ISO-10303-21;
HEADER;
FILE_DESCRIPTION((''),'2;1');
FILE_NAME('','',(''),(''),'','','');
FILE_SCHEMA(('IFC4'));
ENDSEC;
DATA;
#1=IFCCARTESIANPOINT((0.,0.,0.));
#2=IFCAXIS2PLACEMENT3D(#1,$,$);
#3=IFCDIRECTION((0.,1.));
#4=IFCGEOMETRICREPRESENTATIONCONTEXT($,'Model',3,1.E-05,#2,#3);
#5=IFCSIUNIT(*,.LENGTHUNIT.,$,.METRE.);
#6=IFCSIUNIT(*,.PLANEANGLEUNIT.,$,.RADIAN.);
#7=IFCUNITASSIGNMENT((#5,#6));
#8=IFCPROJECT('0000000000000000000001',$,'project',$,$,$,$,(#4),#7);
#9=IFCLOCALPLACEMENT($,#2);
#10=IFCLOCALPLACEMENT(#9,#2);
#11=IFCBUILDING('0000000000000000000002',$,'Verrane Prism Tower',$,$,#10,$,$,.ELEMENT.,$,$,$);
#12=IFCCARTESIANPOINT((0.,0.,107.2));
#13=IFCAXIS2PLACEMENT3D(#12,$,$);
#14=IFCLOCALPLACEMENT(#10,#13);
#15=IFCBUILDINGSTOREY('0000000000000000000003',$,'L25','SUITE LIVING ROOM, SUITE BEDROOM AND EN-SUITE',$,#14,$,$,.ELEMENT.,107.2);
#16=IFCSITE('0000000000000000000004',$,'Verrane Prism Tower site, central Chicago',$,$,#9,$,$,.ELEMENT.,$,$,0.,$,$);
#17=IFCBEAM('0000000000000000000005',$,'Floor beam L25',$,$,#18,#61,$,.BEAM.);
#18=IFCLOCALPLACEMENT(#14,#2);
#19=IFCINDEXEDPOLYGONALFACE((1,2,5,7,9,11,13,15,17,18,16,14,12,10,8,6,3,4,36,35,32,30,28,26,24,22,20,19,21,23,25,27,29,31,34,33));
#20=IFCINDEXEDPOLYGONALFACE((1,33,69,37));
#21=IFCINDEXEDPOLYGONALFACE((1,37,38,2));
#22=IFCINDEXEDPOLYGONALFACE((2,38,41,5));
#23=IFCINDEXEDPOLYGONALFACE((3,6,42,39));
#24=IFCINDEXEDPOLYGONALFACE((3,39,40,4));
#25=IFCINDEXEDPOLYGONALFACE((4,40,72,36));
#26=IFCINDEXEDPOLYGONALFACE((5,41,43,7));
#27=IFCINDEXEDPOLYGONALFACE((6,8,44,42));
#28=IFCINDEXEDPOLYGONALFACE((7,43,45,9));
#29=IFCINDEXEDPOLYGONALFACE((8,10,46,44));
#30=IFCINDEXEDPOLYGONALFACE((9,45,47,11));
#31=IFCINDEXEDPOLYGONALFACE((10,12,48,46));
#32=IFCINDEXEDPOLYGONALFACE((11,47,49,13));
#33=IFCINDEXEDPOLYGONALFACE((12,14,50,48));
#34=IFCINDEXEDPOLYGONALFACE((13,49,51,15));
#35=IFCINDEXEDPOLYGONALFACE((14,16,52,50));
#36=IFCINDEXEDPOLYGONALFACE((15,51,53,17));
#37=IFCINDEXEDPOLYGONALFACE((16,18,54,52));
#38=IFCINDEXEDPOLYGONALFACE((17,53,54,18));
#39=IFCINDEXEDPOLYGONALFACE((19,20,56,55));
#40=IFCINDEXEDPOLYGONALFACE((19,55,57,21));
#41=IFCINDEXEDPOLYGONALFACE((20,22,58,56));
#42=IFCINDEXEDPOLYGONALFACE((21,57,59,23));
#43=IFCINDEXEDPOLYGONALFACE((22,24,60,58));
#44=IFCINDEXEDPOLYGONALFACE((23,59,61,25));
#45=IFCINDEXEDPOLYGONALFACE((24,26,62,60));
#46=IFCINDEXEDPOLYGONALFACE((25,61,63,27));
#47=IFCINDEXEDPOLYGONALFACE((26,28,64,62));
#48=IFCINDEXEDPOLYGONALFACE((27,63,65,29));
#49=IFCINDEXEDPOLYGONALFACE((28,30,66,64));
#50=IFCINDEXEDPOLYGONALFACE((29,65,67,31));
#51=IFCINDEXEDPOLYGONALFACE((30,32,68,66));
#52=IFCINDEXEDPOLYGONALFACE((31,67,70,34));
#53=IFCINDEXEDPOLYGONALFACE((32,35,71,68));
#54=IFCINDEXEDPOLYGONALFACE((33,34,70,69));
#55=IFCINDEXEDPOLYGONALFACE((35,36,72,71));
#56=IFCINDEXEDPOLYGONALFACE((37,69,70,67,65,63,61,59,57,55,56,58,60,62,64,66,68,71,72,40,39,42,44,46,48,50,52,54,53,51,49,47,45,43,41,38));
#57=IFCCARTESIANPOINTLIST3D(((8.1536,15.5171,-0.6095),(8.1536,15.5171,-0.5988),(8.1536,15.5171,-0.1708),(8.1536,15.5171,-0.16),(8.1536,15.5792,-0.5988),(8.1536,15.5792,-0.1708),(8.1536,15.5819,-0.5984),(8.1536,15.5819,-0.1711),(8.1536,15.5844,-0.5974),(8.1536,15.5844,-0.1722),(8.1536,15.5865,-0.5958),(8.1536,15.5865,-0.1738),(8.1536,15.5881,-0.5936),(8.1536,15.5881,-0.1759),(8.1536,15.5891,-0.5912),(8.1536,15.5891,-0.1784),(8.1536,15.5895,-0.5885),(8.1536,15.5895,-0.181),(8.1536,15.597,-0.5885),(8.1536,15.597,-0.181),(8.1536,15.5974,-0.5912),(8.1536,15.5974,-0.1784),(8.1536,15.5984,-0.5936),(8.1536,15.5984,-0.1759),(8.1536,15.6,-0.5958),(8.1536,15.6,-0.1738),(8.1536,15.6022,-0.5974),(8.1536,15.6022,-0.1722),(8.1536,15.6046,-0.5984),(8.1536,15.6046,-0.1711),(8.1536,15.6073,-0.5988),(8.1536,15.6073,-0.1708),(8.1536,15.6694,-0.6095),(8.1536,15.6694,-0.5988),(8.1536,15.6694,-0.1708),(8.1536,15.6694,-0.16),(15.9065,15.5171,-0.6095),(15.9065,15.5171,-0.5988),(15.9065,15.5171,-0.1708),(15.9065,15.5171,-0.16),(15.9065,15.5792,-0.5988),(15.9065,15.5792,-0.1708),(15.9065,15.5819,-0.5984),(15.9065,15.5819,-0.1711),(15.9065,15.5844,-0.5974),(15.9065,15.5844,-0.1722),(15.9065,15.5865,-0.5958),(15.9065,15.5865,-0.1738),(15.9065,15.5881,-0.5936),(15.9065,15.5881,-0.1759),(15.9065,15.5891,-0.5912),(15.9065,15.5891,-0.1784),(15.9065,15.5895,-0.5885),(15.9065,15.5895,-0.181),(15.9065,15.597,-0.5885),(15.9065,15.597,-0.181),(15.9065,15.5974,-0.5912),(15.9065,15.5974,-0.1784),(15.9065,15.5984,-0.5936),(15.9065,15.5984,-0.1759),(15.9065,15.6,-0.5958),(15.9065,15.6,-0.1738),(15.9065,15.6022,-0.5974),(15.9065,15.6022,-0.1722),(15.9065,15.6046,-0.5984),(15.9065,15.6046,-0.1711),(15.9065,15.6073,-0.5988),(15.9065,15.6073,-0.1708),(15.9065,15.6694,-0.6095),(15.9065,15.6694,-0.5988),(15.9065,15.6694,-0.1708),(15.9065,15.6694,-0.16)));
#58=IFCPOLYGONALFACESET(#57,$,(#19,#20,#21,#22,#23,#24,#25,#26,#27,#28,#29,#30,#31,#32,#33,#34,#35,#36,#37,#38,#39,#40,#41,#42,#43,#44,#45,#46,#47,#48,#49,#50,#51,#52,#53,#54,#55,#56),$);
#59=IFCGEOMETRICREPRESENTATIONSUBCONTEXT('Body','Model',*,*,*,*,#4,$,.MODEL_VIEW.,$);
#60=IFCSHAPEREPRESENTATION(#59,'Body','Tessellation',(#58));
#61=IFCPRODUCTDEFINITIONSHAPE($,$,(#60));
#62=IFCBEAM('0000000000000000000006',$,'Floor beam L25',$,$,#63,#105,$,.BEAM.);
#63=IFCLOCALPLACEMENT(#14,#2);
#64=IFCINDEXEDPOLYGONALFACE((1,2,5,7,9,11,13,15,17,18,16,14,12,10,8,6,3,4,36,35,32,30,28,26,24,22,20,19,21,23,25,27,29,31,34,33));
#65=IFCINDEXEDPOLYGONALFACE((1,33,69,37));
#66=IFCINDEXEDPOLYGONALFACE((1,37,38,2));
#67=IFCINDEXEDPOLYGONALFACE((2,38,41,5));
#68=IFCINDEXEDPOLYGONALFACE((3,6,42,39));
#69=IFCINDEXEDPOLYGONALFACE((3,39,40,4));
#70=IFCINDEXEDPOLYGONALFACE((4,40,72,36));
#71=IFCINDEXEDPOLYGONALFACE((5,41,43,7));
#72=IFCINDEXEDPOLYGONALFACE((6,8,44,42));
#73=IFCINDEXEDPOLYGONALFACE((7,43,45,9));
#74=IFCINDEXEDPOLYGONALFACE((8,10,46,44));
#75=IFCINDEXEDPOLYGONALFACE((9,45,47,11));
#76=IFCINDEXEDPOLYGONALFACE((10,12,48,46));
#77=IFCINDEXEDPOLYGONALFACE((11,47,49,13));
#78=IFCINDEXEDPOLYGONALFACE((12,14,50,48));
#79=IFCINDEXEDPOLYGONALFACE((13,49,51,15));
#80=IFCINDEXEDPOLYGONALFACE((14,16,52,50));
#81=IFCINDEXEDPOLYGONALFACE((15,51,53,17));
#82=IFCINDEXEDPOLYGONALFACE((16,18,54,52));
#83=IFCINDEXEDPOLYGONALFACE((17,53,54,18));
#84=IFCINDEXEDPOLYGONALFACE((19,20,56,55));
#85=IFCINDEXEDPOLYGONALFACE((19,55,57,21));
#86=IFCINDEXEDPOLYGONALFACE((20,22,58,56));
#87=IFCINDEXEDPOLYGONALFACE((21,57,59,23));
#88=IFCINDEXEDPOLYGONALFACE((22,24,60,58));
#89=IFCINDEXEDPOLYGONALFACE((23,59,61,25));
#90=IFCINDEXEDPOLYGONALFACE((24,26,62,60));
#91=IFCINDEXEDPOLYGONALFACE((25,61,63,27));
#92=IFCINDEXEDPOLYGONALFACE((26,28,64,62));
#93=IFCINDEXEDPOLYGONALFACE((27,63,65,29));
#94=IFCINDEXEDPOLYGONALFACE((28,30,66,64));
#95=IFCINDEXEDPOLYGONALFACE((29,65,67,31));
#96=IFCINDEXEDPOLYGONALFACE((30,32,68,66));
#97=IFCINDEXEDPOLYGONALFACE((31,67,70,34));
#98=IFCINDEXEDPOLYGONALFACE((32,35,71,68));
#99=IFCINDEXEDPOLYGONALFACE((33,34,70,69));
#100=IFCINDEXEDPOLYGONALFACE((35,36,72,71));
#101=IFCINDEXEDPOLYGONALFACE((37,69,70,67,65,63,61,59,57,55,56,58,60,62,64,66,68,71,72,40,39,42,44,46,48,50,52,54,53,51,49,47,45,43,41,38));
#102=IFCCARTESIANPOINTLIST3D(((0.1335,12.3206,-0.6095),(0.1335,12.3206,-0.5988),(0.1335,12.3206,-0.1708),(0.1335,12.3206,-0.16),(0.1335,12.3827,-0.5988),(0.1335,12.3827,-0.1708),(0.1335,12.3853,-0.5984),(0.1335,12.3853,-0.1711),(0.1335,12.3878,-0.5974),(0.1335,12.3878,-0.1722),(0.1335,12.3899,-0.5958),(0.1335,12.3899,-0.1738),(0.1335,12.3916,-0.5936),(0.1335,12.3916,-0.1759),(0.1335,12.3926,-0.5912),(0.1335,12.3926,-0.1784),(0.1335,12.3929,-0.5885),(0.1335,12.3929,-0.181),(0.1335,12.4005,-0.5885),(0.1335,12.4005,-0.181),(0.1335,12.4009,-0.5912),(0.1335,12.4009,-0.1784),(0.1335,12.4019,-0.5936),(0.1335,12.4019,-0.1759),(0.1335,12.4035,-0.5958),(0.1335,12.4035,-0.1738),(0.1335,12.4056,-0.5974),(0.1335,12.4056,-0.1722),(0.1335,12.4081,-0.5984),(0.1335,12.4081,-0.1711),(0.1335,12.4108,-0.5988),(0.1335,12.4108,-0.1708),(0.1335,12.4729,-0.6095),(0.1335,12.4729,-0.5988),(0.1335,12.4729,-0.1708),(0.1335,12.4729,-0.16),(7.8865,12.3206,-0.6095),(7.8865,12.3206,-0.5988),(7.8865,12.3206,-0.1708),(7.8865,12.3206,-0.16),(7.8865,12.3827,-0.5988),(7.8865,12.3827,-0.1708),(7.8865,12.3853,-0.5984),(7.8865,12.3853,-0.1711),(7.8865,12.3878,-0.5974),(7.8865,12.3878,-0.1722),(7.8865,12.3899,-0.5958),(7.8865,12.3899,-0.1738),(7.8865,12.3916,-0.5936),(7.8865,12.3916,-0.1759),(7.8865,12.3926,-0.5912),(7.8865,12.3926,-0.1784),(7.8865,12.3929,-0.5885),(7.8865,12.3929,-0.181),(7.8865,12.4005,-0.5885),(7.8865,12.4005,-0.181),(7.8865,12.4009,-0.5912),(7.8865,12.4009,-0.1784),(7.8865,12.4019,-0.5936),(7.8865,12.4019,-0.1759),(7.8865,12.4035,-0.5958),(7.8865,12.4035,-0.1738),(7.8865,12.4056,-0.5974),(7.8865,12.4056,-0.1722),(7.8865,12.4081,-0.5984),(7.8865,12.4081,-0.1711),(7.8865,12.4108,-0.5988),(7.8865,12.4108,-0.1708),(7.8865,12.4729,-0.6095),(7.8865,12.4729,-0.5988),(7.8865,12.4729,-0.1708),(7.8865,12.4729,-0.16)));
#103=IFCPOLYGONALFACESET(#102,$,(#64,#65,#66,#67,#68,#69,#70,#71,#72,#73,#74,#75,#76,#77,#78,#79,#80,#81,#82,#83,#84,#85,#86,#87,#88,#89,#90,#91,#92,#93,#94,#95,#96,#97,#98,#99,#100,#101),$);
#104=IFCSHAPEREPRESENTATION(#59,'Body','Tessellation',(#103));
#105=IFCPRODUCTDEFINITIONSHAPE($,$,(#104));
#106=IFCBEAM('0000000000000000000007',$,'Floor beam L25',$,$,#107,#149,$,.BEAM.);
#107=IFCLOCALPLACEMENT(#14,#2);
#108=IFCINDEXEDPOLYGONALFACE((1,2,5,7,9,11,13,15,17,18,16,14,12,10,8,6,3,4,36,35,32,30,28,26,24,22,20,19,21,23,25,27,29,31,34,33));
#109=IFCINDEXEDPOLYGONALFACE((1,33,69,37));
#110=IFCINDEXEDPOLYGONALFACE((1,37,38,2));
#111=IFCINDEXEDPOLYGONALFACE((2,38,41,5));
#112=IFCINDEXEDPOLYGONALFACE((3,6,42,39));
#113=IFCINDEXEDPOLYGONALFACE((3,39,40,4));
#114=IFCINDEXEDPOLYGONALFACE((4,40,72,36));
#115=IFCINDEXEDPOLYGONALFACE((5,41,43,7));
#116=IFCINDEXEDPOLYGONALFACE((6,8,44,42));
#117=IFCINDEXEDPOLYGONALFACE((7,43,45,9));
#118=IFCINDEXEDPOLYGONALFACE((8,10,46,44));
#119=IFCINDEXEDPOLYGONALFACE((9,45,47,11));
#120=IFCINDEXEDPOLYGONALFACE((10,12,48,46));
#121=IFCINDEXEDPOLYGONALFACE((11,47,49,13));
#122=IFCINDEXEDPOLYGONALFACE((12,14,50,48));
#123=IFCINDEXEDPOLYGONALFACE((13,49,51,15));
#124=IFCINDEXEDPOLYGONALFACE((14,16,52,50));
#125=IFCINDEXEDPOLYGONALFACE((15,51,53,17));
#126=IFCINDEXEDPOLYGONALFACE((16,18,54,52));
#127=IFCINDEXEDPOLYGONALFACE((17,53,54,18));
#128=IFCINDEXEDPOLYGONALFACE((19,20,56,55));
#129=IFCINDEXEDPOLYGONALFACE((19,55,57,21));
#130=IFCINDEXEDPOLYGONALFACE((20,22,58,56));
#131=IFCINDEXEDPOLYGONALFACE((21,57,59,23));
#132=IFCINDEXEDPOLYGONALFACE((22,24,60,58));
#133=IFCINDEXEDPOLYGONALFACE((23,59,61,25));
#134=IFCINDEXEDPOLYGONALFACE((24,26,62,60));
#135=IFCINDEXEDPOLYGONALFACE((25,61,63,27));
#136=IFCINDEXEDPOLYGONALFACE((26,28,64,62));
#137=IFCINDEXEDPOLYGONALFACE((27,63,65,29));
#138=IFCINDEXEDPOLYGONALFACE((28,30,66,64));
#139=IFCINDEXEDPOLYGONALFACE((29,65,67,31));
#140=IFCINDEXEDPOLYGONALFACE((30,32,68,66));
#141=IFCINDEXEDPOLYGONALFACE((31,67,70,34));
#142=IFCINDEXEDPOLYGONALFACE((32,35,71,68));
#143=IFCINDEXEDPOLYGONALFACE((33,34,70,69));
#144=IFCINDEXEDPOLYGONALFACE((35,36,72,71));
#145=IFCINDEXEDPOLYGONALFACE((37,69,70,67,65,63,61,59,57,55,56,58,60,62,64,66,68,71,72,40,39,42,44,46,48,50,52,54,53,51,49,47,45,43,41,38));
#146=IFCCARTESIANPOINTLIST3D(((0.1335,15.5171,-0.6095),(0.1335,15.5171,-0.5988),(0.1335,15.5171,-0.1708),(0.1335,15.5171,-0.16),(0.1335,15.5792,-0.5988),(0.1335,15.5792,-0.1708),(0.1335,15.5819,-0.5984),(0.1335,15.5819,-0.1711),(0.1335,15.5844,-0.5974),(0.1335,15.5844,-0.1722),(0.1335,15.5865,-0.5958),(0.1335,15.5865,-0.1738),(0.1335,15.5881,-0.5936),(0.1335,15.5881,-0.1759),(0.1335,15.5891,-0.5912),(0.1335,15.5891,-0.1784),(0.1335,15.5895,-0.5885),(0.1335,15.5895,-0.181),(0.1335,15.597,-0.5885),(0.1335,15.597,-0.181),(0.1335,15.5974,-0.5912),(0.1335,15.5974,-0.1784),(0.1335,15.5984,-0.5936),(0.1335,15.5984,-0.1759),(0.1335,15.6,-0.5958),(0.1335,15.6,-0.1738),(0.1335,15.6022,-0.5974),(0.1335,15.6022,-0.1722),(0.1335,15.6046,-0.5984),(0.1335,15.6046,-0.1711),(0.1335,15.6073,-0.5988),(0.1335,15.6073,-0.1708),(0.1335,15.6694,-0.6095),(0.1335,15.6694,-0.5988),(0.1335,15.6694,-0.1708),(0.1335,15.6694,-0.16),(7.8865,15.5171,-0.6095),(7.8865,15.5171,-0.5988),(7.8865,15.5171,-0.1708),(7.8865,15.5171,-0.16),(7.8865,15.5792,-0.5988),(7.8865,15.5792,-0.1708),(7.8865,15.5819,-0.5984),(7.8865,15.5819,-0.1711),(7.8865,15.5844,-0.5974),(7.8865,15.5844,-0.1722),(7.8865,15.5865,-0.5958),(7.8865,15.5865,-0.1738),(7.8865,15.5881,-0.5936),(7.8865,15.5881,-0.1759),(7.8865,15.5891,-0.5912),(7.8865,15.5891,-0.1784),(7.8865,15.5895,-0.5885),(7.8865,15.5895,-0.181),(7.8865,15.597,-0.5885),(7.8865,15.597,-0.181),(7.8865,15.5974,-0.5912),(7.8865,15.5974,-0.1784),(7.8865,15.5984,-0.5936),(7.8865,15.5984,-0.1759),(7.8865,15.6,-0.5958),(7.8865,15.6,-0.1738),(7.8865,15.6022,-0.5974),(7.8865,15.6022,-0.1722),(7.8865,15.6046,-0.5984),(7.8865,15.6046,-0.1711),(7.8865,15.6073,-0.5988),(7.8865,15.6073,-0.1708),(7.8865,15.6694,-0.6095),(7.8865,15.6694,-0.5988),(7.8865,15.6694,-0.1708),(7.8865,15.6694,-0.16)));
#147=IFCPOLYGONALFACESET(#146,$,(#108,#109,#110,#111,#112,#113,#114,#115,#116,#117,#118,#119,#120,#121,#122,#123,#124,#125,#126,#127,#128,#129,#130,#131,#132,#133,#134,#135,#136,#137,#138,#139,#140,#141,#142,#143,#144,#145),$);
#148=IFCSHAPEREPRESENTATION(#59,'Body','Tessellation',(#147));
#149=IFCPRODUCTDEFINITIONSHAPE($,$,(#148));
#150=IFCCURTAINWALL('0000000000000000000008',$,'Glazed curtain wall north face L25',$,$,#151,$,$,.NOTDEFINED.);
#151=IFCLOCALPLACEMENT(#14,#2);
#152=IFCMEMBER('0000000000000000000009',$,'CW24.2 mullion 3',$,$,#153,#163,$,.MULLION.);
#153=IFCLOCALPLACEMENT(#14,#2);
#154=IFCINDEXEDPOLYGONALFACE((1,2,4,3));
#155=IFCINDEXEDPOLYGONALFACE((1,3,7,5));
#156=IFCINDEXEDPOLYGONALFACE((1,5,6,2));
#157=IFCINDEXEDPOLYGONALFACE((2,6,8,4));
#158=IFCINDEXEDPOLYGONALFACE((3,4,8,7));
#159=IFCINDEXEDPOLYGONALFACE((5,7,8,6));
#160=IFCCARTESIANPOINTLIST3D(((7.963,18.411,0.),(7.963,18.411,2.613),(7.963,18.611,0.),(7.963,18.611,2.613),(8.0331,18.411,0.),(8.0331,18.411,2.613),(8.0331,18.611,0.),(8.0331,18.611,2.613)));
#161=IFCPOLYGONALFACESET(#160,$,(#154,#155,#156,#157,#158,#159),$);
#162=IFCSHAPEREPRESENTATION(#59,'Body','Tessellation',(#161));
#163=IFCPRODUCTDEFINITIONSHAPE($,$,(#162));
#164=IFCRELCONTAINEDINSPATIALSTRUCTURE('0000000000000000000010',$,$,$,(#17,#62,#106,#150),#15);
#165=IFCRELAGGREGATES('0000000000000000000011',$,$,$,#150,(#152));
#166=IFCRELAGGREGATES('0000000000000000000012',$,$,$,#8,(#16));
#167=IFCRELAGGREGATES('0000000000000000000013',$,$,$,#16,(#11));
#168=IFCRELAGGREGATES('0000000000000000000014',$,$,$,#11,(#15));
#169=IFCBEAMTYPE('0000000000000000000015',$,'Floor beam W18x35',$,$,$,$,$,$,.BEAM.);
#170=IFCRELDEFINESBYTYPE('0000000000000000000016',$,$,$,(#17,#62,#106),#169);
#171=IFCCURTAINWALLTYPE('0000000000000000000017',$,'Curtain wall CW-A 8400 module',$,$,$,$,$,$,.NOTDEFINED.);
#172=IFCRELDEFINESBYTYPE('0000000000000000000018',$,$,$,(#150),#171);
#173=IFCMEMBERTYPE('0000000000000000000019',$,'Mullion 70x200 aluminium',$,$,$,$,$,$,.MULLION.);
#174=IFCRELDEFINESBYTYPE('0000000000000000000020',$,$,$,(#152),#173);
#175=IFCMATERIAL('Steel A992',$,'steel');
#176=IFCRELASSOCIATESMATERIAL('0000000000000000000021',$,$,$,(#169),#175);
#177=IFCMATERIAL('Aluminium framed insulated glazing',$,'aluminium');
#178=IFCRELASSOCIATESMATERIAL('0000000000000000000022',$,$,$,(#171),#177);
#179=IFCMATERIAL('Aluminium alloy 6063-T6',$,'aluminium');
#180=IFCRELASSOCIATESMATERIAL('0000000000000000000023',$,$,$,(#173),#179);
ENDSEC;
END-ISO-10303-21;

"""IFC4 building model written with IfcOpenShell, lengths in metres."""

from ifc_helpers import new_model, si_unit, direction, frame, origin, origin_2d, place, context, subcontext, project, spatial, rectangle, i_section, extrude, material, material_profile, profile_set, type_object, element, aggregate, save


model = new_model("IFC4")

# Units and contexts
model_context = context("Model", 3, precision=1e-05, world=origin(), true_north=direction((0.0, 1.0)))
body_context = subcontext(model_context, "Body", "Model", "MODEL_VIEW")
ifc_project = project(units=[si_unit("LENGTHUNIT", "METRE"), si_unit("PLANEANGLEUNIT", "RADIAN")], contexts=[model_context])

# Site, building, storey
site_placement = place(None, origin())
site = spatial("IfcSite", under=ifc_project, at=site_placement, Name="Verrane Prism Tower site, central Chicago", CompositionType="ELEMENT", RefElevation=0.0)
building_placement = place(site_placement, origin())
building = spatial("IfcBuilding", under=site, at=building_placement, Name="Verrane Prism Tower", CompositionType="ELEMENT")
storey_placement = place(building_placement, frame((0.0, 0.0, 107.2)))
storey = spatial("IfcBuildingStorey", under=building, at=storey_placement, Name="L25", Description="SUITE LIVING ROOM, SUITE BEDROOM AND EN-SUITE", CompositionType="ELEMENT", Elevation=107.2)

# Beams
ifc_material_1 = material(Name="Steel A992", Category="steel")
ifc_material_profile_1 = material_profile(ifc_material_1, i_section(OverallWidth=0.1523, OverallDepth=0.4495, WebThickness=0.0076, FlangeThickness=0.0107, FilletRadius=0.0103, at=origin_2d()), Name="W18x35")
ifc_profile_set_1 = profile_set([ifc_material_profile_1], Name="Steel A992")
beam_type_1 = type_object("IfcBeamType", Name="Floor beam W18x35", PredefinedType="BEAM", material=ifc_profile_set_1)
for number, where, z_axis, x_axis, name in (
    (1, (8.1536, 15.5933, -0.3848), (1.0, 0.0, 0.0), (0.0, 1.0, 0.0), "Floor beam L25"),
    (2, (0.1335, 12.3967, -0.3848), (1.0, 0.0, 0.0), (0.0, 1.0, 0.0), "Floor beam L25"),
    (3, (0.1335, 15.5933, -0.3848), (1.0, 0.0, 0.0), (0.0, 1.0, 0.0), "Floor beam L25"),
):
    element("IfcBeam", number, at=place(storey_placement, frame(where, z_axis=z_axis, x_axis=x_axis)), inside=storey, type_object=beam_type_1, Name=name, PredefinedType="BEAM", context=body_context, shape_type="SweptSolid", body=[
        extrude(i_section(OverallWidth=0.1523, OverallDepth=0.4495, WebThickness=0.0076, FlangeThickness=0.0107, FilletRadius=0.0103, at=origin_2d()), origin(), (0.0, 0.0, 1.0), 7.7529),
    ])

# Curtain wall, member
ifc_material_2 = material(Name="Aluminium framed insulated glazing", Category="aluminium")
curtain_wall_type = type_object("IfcCurtainWallType", Name="Curtain wall CW-A 8400 module", PredefinedType="NOTDEFINED", material=ifc_material_2)
curtain_wall_placement = place(storey_placement, origin())
curtain_wall = element("IfcCurtainWall", 4, at=curtain_wall_placement, inside=storey, type_object=curtain_wall_type, Name="Glazed curtain wall north face L25", PredefinedType="NOTDEFINED")
ifc_material_3 = material(Name="Aluminium alloy 6063-T6", Category="aluminium")
ifc_material_profile_2 = material_profile(ifc_material_3, rectangle(XDim=0.2, YDim=0.0701, at=origin_2d()), Name="Mullion 70x200 aluminium")
ifc_profile_set_2 = profile_set([ifc_material_profile_2], Name="Aluminium alloy 6063-T6")
member_type_1 = type_object("IfcMemberType", Name="Mullion 70x200 aluminium", PredefinedType="MULLION", material=ifc_profile_set_2)
member_1_placement = place(storey_placement, frame((7.998, 18.511, 0.0), z_axis=(0.0, 0.0, 1.0), x_axis=(0.0, -1.0, 0.0)))
member_1 = element("IfcMember", 5, at=member_1_placement, type_object=member_type_1, Name="CW24.2 mullion 3", PredefinedType="MULLION", context=body_context, shape_type="SweptSolid", body=[
    extrude(rectangle(XDim=0.2, YDim=0.0701, at=origin_2d()), origin(), (0.0, 0.0, 1.0), 2.613),
])

aggregate(curtain_wall, [member_1])

save(model, "model.ifc")
